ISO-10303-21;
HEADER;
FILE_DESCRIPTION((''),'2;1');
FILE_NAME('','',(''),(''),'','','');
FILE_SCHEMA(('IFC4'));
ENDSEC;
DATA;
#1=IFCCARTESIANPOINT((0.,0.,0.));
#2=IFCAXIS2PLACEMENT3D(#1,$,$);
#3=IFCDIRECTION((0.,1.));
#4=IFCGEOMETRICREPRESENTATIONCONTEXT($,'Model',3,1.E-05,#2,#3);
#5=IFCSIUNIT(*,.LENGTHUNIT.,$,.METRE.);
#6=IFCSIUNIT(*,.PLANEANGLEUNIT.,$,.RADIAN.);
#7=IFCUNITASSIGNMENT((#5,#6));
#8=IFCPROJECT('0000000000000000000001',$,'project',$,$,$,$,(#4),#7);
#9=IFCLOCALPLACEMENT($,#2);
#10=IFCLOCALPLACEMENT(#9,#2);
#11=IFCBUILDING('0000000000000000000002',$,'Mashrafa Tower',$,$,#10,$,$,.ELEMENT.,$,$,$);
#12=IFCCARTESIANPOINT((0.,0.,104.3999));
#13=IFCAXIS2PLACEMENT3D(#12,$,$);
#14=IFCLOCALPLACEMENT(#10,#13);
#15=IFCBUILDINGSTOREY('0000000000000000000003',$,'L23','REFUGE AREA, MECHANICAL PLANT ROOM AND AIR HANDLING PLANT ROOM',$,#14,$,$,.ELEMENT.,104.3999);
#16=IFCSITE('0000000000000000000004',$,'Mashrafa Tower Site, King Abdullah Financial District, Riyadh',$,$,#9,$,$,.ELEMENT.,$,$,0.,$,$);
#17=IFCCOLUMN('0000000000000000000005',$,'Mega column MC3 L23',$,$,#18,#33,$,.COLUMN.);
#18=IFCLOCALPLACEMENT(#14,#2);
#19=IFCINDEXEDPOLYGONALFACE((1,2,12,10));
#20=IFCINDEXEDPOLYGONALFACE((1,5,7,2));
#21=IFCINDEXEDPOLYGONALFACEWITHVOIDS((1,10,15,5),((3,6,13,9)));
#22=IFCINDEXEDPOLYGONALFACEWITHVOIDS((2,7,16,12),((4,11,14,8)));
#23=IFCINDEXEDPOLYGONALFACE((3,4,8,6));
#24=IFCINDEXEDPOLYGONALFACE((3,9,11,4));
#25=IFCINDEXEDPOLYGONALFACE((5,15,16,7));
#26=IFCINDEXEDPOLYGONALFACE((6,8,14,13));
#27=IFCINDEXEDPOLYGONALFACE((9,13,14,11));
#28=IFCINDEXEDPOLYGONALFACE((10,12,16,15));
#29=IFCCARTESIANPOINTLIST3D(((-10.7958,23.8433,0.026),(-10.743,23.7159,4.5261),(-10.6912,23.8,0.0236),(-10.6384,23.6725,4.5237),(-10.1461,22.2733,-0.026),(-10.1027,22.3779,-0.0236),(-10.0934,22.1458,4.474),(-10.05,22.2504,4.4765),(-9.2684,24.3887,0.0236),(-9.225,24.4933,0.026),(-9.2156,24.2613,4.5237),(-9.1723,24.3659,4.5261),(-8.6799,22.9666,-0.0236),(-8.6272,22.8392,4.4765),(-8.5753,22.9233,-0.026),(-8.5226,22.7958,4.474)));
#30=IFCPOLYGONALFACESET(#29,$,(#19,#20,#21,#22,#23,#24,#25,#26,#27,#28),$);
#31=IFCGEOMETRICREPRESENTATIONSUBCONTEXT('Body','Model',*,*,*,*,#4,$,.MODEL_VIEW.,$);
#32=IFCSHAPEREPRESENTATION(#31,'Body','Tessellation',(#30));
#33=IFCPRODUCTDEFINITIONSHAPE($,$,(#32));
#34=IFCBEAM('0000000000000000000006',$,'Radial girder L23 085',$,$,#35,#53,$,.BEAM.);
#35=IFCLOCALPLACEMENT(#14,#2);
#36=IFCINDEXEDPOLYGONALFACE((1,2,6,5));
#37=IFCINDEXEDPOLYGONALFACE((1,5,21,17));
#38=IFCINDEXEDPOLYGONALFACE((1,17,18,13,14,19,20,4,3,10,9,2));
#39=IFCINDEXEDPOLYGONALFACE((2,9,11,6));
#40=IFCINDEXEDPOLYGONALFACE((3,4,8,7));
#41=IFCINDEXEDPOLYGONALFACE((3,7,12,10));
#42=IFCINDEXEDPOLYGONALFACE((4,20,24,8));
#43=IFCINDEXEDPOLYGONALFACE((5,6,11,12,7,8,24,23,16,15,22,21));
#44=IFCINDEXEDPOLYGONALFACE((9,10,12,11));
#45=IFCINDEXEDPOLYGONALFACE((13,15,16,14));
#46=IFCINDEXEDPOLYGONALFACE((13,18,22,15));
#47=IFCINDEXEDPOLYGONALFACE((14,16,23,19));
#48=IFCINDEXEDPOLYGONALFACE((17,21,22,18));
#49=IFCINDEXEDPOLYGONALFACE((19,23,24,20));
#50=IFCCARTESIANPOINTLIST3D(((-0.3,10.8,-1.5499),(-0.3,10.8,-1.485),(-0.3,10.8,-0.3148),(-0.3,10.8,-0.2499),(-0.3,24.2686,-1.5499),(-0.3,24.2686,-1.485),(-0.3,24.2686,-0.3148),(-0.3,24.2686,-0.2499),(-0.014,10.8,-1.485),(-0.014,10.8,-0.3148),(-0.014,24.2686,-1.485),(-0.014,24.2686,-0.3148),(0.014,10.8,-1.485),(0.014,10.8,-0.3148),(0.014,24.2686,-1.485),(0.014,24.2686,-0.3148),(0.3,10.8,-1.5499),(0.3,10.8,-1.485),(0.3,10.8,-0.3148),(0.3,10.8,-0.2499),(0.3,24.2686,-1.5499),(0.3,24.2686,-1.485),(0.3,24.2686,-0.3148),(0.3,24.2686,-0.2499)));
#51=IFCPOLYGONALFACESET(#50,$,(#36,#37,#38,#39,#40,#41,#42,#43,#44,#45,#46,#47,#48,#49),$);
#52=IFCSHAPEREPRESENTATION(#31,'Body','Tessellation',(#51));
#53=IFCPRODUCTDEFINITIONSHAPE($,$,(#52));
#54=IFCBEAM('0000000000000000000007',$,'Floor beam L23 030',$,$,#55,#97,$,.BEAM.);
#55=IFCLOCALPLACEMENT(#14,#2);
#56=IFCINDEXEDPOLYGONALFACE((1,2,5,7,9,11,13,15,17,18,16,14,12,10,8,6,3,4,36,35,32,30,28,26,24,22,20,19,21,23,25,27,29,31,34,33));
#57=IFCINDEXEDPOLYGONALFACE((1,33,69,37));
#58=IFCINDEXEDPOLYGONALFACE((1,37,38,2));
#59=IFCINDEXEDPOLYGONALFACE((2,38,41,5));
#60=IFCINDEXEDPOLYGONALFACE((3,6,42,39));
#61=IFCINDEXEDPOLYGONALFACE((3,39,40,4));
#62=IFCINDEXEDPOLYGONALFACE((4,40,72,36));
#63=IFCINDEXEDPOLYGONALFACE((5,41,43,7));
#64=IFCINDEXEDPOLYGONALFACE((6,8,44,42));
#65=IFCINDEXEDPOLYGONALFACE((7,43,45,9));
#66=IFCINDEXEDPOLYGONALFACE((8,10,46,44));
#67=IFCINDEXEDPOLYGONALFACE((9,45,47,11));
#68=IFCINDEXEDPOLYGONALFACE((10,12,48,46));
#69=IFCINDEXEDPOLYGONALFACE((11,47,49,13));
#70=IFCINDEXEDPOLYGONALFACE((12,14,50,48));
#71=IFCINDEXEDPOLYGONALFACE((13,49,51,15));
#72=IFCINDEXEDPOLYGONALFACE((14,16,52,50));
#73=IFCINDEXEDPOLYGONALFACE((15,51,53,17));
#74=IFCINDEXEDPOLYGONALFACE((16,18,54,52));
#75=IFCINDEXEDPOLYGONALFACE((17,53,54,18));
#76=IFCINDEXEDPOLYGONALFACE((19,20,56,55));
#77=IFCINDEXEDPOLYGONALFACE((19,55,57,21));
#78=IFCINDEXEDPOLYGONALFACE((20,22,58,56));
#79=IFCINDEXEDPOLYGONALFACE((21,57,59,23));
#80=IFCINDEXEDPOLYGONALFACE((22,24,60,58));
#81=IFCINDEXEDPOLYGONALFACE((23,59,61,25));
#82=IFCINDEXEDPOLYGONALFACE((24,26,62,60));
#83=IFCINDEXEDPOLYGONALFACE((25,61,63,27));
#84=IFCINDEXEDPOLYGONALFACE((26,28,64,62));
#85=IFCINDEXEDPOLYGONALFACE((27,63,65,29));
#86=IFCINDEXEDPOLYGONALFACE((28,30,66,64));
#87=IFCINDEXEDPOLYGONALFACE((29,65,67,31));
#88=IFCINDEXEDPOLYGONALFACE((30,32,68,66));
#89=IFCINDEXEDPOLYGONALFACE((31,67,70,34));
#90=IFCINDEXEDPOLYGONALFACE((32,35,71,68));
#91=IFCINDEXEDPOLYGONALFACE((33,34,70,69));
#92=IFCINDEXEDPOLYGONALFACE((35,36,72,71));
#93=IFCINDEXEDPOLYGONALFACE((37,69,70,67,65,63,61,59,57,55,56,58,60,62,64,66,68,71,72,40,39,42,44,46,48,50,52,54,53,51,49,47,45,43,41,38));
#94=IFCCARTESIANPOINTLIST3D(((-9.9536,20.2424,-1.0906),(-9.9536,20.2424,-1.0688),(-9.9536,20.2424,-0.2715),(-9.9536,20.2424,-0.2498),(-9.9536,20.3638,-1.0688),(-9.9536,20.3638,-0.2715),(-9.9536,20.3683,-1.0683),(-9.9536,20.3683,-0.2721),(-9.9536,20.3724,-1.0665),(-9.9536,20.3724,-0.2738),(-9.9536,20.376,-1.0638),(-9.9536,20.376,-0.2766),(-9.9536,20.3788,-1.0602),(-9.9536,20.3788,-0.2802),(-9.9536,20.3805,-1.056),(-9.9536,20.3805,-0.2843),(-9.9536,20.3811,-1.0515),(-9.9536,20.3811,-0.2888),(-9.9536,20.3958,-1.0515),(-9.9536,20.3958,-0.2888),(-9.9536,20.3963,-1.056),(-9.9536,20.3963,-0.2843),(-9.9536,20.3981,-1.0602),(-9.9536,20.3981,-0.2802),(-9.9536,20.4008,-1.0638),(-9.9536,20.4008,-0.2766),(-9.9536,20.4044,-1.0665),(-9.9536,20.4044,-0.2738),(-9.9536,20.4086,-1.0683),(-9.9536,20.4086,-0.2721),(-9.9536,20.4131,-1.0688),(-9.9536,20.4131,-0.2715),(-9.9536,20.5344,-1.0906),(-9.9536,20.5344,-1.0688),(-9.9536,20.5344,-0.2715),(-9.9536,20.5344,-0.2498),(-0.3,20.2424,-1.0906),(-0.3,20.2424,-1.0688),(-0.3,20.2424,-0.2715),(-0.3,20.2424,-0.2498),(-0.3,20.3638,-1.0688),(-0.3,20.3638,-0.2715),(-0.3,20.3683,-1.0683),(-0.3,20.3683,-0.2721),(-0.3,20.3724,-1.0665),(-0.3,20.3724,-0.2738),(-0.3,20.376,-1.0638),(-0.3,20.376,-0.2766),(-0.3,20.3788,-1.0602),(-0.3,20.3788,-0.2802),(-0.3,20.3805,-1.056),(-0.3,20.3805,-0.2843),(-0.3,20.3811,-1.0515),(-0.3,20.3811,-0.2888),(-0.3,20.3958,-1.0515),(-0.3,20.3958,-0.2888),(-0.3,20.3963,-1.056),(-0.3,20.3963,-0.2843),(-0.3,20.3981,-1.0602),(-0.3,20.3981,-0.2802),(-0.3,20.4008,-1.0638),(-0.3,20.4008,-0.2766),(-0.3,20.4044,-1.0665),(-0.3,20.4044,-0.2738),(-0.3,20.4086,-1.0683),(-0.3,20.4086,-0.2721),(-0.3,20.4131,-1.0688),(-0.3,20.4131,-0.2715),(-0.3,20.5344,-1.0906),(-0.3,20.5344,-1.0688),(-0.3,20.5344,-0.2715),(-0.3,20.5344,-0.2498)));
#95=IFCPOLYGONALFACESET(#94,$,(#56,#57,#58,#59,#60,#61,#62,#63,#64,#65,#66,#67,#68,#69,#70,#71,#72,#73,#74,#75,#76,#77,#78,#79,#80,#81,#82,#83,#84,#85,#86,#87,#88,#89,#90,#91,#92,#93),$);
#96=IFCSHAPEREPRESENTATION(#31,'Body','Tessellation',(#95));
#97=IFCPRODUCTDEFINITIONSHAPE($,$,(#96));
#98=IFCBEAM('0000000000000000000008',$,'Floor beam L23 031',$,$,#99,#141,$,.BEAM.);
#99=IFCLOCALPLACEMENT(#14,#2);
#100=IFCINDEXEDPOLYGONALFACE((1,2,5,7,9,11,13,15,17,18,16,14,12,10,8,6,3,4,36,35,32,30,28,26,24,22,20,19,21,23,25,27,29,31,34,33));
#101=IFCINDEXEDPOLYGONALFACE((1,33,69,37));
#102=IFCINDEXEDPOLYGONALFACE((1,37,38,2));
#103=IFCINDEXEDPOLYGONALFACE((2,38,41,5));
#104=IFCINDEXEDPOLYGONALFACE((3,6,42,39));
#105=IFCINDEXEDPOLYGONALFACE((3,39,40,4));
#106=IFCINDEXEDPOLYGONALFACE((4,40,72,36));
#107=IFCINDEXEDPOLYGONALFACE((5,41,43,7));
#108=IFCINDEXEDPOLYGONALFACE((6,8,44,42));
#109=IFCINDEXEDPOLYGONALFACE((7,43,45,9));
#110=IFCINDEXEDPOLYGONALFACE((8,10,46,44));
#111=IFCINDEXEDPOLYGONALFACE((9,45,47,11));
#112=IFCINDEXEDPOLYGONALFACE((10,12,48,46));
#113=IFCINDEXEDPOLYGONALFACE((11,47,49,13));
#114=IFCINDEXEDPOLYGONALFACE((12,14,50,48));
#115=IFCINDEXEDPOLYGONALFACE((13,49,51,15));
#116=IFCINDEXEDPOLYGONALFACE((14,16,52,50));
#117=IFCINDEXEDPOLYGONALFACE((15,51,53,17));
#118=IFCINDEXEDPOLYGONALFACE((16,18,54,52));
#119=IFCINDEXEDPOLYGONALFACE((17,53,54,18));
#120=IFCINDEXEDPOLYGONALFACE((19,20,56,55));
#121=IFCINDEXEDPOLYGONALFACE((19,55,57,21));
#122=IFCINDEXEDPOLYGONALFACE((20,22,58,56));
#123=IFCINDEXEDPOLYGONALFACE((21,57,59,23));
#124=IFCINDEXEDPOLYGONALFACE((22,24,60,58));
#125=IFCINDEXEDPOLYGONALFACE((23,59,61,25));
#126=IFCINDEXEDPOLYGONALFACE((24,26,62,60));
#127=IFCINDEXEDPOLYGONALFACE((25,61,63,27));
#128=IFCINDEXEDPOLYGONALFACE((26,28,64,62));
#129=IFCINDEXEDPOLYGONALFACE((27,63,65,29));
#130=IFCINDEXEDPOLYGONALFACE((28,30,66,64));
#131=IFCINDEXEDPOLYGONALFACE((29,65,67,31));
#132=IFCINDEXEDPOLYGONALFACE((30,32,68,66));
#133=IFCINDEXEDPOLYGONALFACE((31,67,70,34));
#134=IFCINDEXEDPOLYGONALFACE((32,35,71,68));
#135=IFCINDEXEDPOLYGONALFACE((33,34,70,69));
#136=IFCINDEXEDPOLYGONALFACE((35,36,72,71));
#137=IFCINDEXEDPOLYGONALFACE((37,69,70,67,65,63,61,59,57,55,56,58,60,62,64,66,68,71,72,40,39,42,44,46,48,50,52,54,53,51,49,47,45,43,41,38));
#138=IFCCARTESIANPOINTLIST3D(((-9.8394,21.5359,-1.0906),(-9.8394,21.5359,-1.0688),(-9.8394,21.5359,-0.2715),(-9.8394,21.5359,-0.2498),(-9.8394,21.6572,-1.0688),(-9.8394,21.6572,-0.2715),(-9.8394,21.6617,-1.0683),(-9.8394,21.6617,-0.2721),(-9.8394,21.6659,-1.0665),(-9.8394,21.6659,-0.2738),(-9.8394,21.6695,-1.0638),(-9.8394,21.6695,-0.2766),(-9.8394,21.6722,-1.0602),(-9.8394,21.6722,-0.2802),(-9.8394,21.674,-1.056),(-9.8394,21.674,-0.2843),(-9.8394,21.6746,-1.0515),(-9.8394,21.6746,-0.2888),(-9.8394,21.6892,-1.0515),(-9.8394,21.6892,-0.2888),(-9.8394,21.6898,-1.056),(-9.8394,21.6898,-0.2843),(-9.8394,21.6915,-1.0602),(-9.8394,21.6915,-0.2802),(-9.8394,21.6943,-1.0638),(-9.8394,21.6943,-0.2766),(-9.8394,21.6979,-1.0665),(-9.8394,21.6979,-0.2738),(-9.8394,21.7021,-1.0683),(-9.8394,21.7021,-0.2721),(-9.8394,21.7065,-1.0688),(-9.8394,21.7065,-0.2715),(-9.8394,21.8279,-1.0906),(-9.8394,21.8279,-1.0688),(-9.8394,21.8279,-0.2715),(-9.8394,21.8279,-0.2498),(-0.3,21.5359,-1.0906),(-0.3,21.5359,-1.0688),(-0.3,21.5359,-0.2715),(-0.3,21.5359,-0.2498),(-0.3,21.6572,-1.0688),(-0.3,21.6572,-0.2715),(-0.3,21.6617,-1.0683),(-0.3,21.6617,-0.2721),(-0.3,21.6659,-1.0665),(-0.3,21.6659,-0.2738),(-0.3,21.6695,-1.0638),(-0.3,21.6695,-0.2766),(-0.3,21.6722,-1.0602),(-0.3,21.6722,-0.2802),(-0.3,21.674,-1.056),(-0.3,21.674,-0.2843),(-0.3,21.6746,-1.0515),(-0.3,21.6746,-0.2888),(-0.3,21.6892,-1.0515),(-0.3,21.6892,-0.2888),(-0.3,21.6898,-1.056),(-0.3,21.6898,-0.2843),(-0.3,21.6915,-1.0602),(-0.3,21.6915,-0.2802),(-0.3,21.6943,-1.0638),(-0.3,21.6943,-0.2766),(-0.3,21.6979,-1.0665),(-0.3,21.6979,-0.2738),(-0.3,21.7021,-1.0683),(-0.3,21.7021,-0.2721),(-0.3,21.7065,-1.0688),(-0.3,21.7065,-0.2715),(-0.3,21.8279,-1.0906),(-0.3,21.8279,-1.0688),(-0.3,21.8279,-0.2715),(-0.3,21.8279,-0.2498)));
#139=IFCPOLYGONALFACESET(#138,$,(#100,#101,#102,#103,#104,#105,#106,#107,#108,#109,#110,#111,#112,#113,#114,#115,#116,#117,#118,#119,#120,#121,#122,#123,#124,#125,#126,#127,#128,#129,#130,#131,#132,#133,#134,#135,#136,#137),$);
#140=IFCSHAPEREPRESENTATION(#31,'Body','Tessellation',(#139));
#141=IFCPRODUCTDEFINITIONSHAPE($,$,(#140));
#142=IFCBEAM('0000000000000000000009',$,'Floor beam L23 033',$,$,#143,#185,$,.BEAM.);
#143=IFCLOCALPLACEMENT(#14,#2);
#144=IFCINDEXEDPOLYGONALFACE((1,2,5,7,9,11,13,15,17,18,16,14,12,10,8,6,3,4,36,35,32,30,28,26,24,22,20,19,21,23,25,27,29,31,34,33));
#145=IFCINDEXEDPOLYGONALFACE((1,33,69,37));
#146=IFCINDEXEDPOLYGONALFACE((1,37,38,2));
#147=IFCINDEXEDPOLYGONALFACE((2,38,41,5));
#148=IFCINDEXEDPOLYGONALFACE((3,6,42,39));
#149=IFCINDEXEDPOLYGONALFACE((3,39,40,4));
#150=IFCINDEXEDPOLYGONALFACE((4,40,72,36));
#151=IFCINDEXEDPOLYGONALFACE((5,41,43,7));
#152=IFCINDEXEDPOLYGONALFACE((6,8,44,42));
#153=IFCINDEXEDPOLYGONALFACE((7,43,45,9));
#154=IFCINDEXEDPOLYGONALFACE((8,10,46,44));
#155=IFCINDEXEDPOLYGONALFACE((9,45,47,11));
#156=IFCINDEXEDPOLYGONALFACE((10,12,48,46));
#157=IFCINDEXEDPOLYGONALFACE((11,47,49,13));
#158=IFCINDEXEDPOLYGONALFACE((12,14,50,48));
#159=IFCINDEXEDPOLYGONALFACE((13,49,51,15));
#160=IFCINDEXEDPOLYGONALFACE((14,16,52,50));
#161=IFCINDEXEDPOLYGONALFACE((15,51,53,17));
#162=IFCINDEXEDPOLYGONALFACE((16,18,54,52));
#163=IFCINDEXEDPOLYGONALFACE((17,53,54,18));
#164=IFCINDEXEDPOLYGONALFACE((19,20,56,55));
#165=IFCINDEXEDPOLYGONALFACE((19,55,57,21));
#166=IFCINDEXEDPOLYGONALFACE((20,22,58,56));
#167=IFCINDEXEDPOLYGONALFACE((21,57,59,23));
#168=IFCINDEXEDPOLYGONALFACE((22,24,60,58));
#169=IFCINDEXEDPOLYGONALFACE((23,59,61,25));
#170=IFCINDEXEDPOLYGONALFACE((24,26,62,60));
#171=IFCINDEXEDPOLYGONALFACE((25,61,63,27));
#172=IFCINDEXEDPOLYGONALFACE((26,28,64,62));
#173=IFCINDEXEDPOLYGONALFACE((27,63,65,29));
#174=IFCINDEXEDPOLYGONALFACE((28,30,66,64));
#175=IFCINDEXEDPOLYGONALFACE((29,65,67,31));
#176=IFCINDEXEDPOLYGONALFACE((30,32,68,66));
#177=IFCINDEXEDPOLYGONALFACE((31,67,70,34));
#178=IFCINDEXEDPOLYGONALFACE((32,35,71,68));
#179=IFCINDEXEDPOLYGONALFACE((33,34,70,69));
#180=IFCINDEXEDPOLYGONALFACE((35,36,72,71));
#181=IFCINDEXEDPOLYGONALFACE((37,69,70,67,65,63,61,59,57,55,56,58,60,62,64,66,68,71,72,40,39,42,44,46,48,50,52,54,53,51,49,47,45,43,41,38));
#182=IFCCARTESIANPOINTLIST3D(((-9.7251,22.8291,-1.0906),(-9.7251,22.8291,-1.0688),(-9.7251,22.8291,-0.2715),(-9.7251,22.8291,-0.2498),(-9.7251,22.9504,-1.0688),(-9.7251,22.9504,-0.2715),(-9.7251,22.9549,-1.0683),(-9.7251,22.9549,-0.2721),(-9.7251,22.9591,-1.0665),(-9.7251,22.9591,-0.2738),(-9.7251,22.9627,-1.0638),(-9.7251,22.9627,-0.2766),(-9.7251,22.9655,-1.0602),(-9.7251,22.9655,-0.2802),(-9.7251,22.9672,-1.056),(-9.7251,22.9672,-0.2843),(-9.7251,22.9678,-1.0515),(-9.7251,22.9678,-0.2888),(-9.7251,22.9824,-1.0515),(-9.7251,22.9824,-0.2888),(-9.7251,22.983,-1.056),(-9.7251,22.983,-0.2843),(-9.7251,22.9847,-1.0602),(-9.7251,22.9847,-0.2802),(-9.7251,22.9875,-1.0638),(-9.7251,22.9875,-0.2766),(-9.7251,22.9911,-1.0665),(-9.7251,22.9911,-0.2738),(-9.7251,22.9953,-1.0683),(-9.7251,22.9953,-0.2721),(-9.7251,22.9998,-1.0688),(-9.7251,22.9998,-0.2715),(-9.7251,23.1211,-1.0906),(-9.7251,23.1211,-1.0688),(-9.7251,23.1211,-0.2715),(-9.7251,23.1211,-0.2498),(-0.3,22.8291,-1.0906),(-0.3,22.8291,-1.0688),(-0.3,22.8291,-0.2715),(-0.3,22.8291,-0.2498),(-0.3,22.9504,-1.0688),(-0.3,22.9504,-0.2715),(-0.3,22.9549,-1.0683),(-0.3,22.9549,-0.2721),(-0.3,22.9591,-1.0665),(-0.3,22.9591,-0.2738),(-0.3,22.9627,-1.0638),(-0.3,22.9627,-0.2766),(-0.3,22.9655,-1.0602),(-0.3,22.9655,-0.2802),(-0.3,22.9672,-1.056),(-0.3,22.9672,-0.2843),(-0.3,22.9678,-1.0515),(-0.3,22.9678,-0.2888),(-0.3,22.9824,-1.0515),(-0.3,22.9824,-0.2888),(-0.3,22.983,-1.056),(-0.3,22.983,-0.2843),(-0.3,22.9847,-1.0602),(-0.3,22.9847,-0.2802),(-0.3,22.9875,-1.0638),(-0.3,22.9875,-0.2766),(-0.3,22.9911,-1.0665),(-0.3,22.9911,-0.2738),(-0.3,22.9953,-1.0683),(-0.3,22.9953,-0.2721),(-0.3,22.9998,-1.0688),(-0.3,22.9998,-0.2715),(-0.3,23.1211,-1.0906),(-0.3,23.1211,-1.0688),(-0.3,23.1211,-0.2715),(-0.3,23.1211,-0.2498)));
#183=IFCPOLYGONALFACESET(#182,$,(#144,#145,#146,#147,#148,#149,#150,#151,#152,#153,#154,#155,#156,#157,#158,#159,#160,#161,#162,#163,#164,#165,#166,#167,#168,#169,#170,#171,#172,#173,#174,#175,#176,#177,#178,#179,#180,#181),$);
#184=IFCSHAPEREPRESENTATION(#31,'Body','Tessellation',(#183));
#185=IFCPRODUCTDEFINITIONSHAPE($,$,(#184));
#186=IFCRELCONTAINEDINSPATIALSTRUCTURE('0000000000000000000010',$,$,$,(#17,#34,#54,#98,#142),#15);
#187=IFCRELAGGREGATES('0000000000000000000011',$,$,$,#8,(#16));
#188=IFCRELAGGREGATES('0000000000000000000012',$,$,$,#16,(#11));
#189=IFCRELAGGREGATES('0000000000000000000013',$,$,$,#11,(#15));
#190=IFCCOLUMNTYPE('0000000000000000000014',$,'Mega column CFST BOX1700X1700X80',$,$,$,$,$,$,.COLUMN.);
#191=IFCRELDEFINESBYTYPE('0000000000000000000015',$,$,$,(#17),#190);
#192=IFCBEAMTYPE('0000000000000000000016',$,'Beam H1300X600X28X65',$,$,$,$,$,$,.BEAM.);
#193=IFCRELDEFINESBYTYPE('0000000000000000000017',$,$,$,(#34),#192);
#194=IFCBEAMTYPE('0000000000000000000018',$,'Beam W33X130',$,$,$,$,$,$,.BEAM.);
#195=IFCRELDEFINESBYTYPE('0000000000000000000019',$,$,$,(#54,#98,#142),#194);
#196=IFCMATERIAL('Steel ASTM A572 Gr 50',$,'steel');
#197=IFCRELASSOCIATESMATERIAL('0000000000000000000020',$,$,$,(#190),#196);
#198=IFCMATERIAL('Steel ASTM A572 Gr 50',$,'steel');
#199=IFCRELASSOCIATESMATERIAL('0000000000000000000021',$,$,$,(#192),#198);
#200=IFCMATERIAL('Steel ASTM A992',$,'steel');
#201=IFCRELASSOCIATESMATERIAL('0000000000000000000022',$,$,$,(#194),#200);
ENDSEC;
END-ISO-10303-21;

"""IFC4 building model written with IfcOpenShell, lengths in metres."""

from ifc_helpers import new_model, si_unit, direction, frame, origin, origin_2d, place, context, subcontext, project, spatial, hollow_rectangle, i_section, extrude, material, material_profile, profile_set, type_object, element, save


model = new_model("IFC4")

# Units and contexts
model_context = context("Model", 3, precision=1e-05, world=origin(), true_north=direction((0.0, 1.0)))
body_context = subcontext(model_context, "Body", "Model", "MODEL_VIEW")
ifc_project = project(units=[si_unit("LENGTHUNIT", "METRE"), si_unit("PLANEANGLEUNIT", "RADIAN")], contexts=[model_context])

# Site, building, storey
site_placement = place(None, origin())
site = spatial("IfcSite", under=ifc_project, at=site_placement, Name="Mashrafa Tower Site, King Abdullah Financial District, Riyadh", CompositionType="ELEMENT", RefElevation=0.0)
building_placement = place(site_placement, origin())
building = spatial("IfcBuilding", under=site, at=building_placement, Name="Mashrafa Tower", CompositionType="ELEMENT")
storey_placement = place(building_placement, frame((0.0, 0.0, 104.3999)))
storey = spatial("IfcBuildingStorey", under=building, at=storey_placement, Name="L23", Description="REFUGE AREA, MECHANICAL PLANT ROOM AND AIR HANDLING PLANT ROOM", CompositionType="ELEMENT", Elevation=104.3999)

# Column
ifc_material_1 = material(Name="Steel ASTM A572 Gr 50", Category="steel")
ifc_material_profile_1 = material_profile(ifc_material_1, hollow_rectangle(XDim=1.7, YDim=1.7, WallThickness=0.0801, at=origin_2d()), Name="BOX1700X1700X80")
ifc_profile_set_1 = profile_set([ifc_material_profile_1], Name="Steel ASTM A572 Gr 50")
column_type = type_object("IfcColumnType", Name="Mega column CFST BOX1700X1700X80", PredefinedType="COLUMN", material=ifc_profile_set_1)
column_placement = place(storey_placement, frame((-9.6855, 23.3833, 0.0), z_axis=(0.011713, -0.028307, 0.999531), x_axis=(0.924017, 0.382352, 0.0)))
element("IfcColumn", 1, at=column_placement, inside=storey, type_object=column_type, Name="Mega column MC3 L23", PredefinedType="COLUMN", context=body_context, shape_type="SweptSolid", body=[
    extrude(hollow_rectangle(XDim=1.7, YDim=1.7, WallThickness=0.0801, at=origin_2d()), origin(), (0.0, 0.0, 1.0), 4.5022),
])

# Beams
ifc_material_2 = material(Name="Steel ASTM A572 Gr 50", Category="steel")
ifc_material_profile_2 = material_profile(ifc_material_2, i_section(OverallWidth=0.6001, OverallDepth=1.3, WebThickness=0.0281, FlangeThickness=0.0649, at=origin_2d()), Name="H1300X600X28X65")
ifc_profile_set_2 = profile_set([ifc_material_profile_2], Name="Steel ASTM A572 Gr 50")
beam_type_1 = type_object("IfcBeamType", Name="Beam H1300X600X28X65", PredefinedType="BEAM", material=ifc_profile_set_2)
beam_1_placement = place(storey_placement, frame((0.0, 10.8, -0.8999), z_axis=(0.0, 1.0, 0.0), x_axis=(-1.0, 0.0, 0.0)))
element("IfcBeam", 2, at=beam_1_placement, inside=storey, type_object=beam_type_1, Name="Radial girder L23 085", PredefinedType="BEAM", context=body_context, shape_type="SweptSolid", body=[
    extrude(i_section(OverallWidth=0.6001, OverallDepth=1.3, WebThickness=0.0281, FlangeThickness=0.0649, at=origin_2d()), origin(), (0.0, 0.0, 1.0), 13.4685),
])
ifc_material_3 = material(Name="Steel ASTM A992", Category="steel")
ifc_material_profile_3 = material_profile(ifc_material_3, i_section(OverallWidth=0.292, OverallDepth=0.8408, WebThickness=0.0146, FlangeThickness=0.0217, FilletRadius=0.0173, at=origin_2d()), Name="W33X130")
ifc_profile_set_3 = profile_set([ifc_material_profile_3], Name="Steel ASTM A992")
beam_type_2 = type_object("IfcBeamType", Name="Beam W33X130", PredefinedType="BEAM", material=ifc_profile_set_3)
beam_2_placement = place(storey_placement, frame((-9.9536, 20.3884, -0.6702), z_axis=(1.0, 0.0, 0.0), x_axis=(0.0, 1.0, 0.0)))
element("IfcBeam", 3, at=beam_2_placement, inside=storey, type_object=beam_type_2, Name="Floor beam L23 030", PredefinedType="BEAM", context=body_context, shape_type="SweptSolid", body=[
    extrude(i_section(OverallWidth=0.292, OverallDepth=0.8408, WebThickness=0.0146, FlangeThickness=0.0217, FilletRadius=0.0173, at=origin_2d()), origin(), (0.0, 0.0, 1.0), 9.6536),
])
beam_3_placement = place(storey_placement, frame((-9.8394, 21.6819, -0.6702), z_axis=(1.0, 0.0, 0.0), x_axis=(0.0, 1.0, 0.0)))
element("IfcBeam", 4, at=beam_3_placement, inside=storey, type_object=beam_type_2, Name="Floor beam L23 031", PredefinedType="BEAM", context=body_context, shape_type="SweptSolid", body=[
    extrude(i_section(OverallWidth=0.292, OverallDepth=0.8408, WebThickness=0.0146, FlangeThickness=0.0217, FilletRadius=0.0173, at=origin_2d()), origin(), (0.0, 0.0, 1.0), 9.5393),
])
beam_4_placement = place(storey_placement, frame((-9.7251, 22.9751, -0.6702), z_axis=(1.0, 0.0, 0.0), x_axis=(0.0, 1.0, 0.0)))
element("IfcBeam", 5, at=beam_4_placement, inside=storey, type_object=beam_type_2, Name="Floor beam L23 033", PredefinedType="BEAM", context=body_context, shape_type="SweptSolid", body=[
    extrude(i_section(OverallWidth=0.292, OverallDepth=0.8408, WebThickness=0.0146, FlangeThickness=0.0217, FilletRadius=0.0173, at=origin_2d()), origin(), (0.0, 0.0, 1.0), 9.425),
])

save(model, "model.ifc")
